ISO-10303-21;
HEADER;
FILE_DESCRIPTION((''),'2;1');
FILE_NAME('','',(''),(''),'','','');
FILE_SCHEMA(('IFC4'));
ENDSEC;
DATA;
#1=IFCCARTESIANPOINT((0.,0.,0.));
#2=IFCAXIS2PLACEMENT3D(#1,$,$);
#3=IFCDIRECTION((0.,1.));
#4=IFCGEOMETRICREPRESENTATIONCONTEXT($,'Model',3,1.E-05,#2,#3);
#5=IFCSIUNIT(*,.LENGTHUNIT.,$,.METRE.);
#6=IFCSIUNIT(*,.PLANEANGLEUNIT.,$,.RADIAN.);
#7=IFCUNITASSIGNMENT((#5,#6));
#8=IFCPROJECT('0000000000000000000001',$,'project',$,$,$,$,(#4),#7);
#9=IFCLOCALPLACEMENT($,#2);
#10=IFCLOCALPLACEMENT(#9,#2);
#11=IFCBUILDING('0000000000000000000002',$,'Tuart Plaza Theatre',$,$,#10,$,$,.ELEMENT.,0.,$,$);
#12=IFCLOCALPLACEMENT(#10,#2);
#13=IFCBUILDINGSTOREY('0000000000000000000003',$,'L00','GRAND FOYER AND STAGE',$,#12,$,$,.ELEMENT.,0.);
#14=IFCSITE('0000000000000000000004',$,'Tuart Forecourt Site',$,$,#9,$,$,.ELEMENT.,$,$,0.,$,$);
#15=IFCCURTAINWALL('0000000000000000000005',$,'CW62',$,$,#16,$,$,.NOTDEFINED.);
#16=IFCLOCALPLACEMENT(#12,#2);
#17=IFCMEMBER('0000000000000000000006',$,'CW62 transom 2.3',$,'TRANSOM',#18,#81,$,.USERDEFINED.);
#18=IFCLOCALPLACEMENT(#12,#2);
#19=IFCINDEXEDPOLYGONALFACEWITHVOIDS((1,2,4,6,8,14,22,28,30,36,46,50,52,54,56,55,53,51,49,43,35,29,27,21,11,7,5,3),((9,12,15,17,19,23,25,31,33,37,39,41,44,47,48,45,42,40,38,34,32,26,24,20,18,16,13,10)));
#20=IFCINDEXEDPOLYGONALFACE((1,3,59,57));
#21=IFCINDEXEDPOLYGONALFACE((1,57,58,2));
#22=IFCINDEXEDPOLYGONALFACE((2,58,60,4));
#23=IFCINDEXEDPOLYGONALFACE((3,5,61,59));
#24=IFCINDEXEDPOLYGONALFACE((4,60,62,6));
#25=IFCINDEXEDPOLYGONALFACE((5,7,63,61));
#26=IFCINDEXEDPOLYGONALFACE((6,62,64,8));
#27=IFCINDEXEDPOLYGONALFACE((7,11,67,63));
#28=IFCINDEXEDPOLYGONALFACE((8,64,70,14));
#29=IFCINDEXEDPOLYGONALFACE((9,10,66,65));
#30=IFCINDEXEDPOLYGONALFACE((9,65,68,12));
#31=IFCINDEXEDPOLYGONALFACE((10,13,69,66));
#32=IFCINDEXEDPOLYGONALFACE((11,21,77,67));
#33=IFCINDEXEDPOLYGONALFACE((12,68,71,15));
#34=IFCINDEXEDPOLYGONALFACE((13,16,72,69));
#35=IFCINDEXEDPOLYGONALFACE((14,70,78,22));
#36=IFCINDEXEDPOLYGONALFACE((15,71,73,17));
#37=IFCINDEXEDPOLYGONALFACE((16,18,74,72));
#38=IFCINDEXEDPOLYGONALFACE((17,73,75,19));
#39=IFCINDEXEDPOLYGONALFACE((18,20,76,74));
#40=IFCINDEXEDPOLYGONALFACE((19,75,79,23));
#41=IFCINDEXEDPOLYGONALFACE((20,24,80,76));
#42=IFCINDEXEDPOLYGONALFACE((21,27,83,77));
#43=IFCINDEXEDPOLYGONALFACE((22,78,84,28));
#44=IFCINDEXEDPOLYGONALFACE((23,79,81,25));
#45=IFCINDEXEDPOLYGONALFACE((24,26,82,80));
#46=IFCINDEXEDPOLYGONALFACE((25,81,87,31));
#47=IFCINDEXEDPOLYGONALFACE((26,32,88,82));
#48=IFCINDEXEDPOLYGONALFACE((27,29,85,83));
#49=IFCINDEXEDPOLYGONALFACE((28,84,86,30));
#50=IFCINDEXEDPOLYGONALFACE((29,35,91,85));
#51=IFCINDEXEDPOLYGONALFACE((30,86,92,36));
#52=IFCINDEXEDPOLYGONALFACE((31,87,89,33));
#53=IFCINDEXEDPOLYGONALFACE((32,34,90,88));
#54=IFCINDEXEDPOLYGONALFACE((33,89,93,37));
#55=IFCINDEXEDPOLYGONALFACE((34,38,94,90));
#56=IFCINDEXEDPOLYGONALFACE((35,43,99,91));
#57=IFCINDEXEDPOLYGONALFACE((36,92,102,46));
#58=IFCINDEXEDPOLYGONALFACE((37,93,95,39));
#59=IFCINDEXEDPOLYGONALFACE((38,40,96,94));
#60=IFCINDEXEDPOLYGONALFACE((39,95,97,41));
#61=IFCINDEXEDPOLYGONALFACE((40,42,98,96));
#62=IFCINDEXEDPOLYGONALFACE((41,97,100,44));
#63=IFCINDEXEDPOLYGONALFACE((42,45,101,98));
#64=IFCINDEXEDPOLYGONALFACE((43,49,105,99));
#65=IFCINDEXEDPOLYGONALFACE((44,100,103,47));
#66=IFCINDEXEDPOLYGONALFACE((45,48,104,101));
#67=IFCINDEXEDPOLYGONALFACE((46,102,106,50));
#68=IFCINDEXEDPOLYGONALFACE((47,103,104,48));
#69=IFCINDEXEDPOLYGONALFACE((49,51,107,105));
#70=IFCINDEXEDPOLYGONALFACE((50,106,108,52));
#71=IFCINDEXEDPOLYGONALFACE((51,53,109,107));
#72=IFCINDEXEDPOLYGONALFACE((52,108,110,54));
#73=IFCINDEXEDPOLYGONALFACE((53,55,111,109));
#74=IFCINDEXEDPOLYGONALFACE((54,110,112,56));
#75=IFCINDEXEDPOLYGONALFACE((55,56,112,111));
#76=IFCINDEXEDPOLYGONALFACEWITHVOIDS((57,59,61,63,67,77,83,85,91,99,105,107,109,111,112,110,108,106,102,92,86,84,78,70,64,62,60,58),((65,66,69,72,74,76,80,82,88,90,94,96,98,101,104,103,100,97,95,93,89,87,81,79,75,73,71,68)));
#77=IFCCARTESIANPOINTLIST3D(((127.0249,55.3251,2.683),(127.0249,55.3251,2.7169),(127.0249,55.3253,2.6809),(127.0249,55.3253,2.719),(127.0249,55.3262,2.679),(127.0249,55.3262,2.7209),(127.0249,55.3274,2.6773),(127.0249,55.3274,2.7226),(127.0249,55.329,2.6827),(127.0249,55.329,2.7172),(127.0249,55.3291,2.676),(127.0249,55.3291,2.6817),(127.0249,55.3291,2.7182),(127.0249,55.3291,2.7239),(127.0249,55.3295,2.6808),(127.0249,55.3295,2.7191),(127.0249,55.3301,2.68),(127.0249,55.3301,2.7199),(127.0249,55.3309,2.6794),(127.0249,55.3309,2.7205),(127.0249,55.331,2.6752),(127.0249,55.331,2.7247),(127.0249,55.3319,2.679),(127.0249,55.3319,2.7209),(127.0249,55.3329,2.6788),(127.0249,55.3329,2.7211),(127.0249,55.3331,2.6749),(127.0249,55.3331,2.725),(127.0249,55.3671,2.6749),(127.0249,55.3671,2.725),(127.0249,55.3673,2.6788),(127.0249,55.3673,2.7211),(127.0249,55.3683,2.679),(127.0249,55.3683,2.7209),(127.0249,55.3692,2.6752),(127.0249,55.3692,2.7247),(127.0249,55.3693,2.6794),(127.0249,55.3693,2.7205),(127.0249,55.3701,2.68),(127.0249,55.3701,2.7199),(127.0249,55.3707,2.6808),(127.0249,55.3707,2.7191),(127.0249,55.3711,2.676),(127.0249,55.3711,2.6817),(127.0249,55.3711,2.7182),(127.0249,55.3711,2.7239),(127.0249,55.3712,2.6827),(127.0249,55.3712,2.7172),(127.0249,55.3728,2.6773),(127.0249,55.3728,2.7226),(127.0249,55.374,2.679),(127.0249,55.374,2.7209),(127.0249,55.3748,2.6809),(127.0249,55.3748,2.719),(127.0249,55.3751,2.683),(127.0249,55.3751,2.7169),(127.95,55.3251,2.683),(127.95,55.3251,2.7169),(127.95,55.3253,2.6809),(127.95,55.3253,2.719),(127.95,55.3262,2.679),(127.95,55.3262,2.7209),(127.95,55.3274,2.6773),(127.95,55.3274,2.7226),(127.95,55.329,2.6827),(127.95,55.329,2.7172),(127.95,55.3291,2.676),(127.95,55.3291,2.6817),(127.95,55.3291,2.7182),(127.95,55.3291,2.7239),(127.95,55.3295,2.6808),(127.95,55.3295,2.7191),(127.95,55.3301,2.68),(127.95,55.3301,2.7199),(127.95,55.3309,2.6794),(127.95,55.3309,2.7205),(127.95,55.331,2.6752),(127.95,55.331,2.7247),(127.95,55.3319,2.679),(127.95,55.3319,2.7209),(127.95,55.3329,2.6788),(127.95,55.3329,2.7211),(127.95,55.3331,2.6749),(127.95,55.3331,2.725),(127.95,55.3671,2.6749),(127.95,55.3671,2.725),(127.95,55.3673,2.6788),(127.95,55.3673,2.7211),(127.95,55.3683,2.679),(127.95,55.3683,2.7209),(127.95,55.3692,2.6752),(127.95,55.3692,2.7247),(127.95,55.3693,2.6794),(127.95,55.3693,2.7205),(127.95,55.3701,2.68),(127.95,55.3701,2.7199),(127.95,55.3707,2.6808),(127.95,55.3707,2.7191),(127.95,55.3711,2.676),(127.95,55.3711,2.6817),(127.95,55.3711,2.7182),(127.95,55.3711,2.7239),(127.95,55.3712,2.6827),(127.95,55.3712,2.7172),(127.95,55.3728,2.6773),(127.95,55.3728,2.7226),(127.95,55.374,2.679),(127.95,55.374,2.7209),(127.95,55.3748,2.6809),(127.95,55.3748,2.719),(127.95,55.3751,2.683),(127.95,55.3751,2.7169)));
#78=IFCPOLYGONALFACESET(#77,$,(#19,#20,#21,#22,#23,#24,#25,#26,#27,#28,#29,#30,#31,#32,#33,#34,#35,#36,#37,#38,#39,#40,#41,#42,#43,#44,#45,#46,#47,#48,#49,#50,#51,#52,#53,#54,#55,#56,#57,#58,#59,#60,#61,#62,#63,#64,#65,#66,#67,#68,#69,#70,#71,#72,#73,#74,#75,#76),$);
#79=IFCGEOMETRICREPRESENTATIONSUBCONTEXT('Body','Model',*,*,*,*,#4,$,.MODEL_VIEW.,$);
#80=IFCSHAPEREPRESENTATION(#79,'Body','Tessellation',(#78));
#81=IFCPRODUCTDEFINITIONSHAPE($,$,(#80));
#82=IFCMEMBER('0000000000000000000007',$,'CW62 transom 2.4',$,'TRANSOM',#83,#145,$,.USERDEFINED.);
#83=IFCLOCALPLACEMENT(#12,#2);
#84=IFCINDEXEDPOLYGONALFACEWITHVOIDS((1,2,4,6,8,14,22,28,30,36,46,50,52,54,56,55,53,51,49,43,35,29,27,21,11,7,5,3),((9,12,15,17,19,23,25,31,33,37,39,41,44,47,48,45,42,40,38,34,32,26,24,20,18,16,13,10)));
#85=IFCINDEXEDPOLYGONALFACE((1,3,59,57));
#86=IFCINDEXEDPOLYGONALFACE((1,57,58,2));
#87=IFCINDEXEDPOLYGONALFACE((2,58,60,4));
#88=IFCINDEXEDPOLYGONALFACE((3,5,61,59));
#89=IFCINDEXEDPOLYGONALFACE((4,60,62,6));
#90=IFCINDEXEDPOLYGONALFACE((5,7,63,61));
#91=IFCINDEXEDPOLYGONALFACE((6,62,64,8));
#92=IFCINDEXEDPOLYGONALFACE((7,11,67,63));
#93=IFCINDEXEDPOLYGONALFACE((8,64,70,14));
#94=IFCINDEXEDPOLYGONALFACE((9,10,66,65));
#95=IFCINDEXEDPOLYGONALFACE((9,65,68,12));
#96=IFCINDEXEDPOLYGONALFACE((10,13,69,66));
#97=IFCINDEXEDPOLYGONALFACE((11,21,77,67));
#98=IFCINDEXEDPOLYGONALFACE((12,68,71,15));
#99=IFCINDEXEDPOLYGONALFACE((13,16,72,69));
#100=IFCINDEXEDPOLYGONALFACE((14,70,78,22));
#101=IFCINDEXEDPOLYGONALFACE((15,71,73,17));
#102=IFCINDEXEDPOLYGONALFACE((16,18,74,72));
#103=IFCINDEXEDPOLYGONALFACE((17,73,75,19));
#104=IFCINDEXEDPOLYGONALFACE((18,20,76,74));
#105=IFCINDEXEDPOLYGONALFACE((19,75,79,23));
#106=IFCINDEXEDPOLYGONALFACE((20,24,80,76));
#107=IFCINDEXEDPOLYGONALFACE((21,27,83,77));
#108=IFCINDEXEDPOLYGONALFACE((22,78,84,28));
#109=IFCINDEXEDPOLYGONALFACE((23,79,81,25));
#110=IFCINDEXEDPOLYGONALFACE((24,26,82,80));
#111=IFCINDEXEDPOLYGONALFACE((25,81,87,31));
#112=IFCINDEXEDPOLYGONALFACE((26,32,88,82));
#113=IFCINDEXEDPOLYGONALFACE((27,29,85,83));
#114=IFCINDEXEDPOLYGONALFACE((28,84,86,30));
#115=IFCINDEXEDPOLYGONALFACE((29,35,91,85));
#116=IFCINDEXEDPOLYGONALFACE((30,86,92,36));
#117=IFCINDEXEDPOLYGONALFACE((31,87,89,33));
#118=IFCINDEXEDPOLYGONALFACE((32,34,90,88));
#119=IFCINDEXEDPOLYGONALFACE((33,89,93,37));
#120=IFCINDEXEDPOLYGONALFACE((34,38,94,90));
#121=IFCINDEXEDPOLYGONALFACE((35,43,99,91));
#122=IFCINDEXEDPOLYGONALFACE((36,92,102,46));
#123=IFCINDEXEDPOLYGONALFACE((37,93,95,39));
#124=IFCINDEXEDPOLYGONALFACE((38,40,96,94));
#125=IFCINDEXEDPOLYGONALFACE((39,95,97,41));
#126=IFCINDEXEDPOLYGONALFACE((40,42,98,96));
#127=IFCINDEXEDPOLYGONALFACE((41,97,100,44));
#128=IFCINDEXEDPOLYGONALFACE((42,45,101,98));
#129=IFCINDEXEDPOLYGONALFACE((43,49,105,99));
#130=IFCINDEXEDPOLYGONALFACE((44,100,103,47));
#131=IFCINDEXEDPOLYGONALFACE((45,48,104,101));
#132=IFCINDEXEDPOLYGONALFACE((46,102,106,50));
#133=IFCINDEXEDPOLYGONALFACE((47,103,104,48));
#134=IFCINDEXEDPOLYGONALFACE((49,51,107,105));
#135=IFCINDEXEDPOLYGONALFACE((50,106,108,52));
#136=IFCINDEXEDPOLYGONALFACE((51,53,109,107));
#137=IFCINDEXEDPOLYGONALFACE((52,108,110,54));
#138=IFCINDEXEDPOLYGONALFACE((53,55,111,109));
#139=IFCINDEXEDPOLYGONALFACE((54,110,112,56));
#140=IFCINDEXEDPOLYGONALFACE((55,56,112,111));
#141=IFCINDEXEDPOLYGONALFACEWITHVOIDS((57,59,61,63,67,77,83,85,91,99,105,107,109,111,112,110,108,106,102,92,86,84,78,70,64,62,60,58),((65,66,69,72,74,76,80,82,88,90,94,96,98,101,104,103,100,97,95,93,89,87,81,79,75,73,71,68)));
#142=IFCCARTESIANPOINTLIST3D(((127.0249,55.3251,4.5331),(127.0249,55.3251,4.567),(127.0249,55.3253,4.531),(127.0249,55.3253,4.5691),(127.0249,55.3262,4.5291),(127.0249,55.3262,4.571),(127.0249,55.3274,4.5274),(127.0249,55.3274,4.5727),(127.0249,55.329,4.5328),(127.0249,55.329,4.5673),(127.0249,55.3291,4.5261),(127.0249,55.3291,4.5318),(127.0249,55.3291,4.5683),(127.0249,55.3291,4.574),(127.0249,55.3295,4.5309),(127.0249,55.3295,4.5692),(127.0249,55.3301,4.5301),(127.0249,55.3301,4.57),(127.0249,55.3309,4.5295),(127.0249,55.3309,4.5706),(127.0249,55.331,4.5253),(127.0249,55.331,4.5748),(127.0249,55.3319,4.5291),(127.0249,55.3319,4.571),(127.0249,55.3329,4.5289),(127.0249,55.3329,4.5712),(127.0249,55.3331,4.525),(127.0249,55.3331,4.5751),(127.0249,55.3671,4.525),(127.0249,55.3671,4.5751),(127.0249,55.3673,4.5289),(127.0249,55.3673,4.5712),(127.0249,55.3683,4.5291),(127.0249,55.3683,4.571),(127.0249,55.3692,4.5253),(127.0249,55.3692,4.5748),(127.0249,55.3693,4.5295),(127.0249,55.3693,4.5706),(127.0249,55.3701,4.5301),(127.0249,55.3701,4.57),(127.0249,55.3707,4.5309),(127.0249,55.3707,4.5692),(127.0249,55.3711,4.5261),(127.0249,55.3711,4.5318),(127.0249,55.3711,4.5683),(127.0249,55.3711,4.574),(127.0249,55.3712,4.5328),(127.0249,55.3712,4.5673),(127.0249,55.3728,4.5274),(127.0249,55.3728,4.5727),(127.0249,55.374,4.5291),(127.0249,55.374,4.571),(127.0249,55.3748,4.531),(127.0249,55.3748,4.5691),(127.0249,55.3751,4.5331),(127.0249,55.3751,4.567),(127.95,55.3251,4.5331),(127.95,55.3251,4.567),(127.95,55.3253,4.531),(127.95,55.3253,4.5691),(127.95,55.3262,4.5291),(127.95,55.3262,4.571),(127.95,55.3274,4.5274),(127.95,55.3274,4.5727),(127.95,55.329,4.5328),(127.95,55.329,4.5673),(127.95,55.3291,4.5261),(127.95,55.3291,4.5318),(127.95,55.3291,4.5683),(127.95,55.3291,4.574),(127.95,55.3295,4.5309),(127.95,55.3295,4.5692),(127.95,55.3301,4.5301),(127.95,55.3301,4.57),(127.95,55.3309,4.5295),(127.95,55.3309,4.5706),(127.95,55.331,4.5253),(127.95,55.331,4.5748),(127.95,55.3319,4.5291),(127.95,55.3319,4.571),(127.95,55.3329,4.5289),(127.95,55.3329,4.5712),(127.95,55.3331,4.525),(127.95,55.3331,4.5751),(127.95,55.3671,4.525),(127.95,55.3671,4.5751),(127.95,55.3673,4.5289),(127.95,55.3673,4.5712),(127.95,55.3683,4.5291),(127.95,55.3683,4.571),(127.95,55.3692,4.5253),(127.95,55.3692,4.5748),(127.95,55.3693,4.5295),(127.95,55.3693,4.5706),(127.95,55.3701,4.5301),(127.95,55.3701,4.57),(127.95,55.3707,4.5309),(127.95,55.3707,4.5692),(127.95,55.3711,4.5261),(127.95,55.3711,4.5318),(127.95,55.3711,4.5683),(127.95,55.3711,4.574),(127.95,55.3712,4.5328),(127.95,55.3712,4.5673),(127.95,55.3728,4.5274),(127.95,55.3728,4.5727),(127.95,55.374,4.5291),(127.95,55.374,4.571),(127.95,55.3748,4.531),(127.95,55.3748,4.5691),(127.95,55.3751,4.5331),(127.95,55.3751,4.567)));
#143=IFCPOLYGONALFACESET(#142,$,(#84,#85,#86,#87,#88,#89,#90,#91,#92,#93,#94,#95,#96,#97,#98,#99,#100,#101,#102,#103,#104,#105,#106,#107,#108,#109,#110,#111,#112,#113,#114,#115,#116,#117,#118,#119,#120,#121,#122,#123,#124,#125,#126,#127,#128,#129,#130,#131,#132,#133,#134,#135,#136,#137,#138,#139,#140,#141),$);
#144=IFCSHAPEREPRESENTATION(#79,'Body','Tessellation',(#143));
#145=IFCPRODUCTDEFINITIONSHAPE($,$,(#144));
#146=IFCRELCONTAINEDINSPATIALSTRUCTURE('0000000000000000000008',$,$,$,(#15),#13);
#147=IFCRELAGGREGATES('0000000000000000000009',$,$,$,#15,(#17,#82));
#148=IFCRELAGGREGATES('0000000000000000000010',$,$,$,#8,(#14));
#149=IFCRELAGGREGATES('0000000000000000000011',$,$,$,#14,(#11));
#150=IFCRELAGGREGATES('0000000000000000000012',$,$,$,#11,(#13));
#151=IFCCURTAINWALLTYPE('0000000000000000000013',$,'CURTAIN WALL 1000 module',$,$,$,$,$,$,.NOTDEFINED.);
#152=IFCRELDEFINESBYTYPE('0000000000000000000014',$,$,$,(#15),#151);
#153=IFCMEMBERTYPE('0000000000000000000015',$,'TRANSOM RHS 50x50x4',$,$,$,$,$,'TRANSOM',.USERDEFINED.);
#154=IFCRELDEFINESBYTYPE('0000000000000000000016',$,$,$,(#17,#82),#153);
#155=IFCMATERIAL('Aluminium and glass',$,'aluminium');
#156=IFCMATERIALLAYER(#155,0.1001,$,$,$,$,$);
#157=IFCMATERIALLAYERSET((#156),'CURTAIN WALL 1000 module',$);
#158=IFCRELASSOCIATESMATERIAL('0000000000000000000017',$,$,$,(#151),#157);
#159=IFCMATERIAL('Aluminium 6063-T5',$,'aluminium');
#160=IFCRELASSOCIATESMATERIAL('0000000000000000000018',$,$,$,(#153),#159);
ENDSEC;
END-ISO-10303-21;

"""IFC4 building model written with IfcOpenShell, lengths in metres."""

from ifc_helpers import new_model, si_unit, direction, frame, origin, origin_2d, place, context, subcontext, project, spatial, hollow_rectangle, extrude, material, layer, layer_set, material_profile, profile_set, type_object, element, aggregate, save


model = new_model("IFC4")

# Units and contexts
model_context = context("Model", 3, precision=1e-05, world=origin(), true_north=direction((0.0, 1.0)))
body_context = subcontext(model_context, "Body", "Model", "MODEL_VIEW")
ifc_project = project(units=[si_unit("LENGTHUNIT", "METRE"), si_unit("PLANEANGLEUNIT", "RADIAN")], contexts=[model_context])

# Site, building, storey
site_placement = place(None, origin())
site = spatial("IfcSite", under=ifc_project, at=site_placement, Name="Tuart Forecourt Site", CompositionType="ELEMENT", RefElevation=0.0)
building_placement = place(site_placement, origin())
building = spatial("IfcBuilding", under=site, at=building_placement, Name="Tuart Plaza Theatre", CompositionType="ELEMENT", ElevationOfRefHeight=0.0)
storey_placement = place(building_placement, origin())
storey = spatial("IfcBuildingStorey", under=building, at=storey_placement, Name="L00", Description="GRAND FOYER AND STAGE", CompositionType="ELEMENT", Elevation=0.0)

# Curtain wall
ifc_material_1 = material(Name="Aluminium and glass", Category="aluminium")
ifc_layer_1 = layer(ifc_material_1, 0.1001)
ifc_layer_set_1 = layer_set([ifc_layer_1], Name="CURTAIN WALL 1000 module")
curtain_wall_type_1 = type_object("IfcCurtainWallType", Name="CURTAIN WALL 1000 module", PredefinedType="NOTDEFINED", material=ifc_layer_set_1)
curtain_wall_1_placement = place(storey_placement, origin())
curtain_wall_1 = element("IfcCurtainWall", 1, at=curtain_wall_1_placement, inside=storey, type_object=curtain_wall_type_1, Name="CW62", PredefinedType="NOTDEFINED")

# Members
ifc_material_2 = material(Name="Aluminium 6063-T5", Category="aluminium")
ifc_material_profile_1 = material_profile(ifc_material_2, hollow_rectangle(XDim=0.05, YDim=0.05, WallThickness=0.0039, InnerFilletRadius=0.0039, OuterFilletRadius=0.0081, at=origin_2d()), Name="RHS 50x50x4")
ifc_profile_set_1 = profile_set([ifc_material_profile_1], Name="Aluminium 6063-T5")
member_type_1 = type_object("IfcMemberType", Name="TRANSOM RHS 50x50x4", ElementType="TRANSOM", PredefinedType="USERDEFINED", material=ifc_profile_set_1)
member_1_placement = place(storey_placement, frame((127.0249, 55.3501, 2.7), z_axis=(1.0, 0.0, 0.0), x_axis=(0.0, 1.0, 0.0)))
member_1 = element("IfcMember", 2, at=member_1_placement, type_object=member_type_1, Name="CW62 transom 2.3", ObjectType="TRANSOM", PredefinedType="USERDEFINED", context=body_context, shape_type="SweptSolid", body=[
    extrude(hollow_rectangle(XDim=0.05, YDim=0.05, WallThickness=0.0039, InnerFilletRadius=0.0039, OuterFilletRadius=0.0081, at=origin_2d()), origin(), (0.0, 0.0, 1.0), 0.925),
])
member_2_placement = place(storey_placement, frame((127.0249, 55.3501, 4.55), z_axis=(1.0, 0.0, 0.0), x_axis=(0.0, 1.0, 0.0)))
member_2 = element("IfcMember", 3, at=member_2_placement, type_object=member_type_1, Name="CW62 transom 2.4", ObjectType="TRANSOM", PredefinedType="USERDEFINED", context=body_context, shape_type="SweptSolid", body=[
    extrude(hollow_rectangle(XDim=0.05, YDim=0.05, WallThickness=0.0039, InnerFilletRadius=0.0039, OuterFilletRadius=0.0081, at=origin_2d()), origin(), (0.0, 0.0, 1.0), 0.925),
])

aggregate(curtain_wall_1, [member_1, member_2])

save(model, "model.ifc")
